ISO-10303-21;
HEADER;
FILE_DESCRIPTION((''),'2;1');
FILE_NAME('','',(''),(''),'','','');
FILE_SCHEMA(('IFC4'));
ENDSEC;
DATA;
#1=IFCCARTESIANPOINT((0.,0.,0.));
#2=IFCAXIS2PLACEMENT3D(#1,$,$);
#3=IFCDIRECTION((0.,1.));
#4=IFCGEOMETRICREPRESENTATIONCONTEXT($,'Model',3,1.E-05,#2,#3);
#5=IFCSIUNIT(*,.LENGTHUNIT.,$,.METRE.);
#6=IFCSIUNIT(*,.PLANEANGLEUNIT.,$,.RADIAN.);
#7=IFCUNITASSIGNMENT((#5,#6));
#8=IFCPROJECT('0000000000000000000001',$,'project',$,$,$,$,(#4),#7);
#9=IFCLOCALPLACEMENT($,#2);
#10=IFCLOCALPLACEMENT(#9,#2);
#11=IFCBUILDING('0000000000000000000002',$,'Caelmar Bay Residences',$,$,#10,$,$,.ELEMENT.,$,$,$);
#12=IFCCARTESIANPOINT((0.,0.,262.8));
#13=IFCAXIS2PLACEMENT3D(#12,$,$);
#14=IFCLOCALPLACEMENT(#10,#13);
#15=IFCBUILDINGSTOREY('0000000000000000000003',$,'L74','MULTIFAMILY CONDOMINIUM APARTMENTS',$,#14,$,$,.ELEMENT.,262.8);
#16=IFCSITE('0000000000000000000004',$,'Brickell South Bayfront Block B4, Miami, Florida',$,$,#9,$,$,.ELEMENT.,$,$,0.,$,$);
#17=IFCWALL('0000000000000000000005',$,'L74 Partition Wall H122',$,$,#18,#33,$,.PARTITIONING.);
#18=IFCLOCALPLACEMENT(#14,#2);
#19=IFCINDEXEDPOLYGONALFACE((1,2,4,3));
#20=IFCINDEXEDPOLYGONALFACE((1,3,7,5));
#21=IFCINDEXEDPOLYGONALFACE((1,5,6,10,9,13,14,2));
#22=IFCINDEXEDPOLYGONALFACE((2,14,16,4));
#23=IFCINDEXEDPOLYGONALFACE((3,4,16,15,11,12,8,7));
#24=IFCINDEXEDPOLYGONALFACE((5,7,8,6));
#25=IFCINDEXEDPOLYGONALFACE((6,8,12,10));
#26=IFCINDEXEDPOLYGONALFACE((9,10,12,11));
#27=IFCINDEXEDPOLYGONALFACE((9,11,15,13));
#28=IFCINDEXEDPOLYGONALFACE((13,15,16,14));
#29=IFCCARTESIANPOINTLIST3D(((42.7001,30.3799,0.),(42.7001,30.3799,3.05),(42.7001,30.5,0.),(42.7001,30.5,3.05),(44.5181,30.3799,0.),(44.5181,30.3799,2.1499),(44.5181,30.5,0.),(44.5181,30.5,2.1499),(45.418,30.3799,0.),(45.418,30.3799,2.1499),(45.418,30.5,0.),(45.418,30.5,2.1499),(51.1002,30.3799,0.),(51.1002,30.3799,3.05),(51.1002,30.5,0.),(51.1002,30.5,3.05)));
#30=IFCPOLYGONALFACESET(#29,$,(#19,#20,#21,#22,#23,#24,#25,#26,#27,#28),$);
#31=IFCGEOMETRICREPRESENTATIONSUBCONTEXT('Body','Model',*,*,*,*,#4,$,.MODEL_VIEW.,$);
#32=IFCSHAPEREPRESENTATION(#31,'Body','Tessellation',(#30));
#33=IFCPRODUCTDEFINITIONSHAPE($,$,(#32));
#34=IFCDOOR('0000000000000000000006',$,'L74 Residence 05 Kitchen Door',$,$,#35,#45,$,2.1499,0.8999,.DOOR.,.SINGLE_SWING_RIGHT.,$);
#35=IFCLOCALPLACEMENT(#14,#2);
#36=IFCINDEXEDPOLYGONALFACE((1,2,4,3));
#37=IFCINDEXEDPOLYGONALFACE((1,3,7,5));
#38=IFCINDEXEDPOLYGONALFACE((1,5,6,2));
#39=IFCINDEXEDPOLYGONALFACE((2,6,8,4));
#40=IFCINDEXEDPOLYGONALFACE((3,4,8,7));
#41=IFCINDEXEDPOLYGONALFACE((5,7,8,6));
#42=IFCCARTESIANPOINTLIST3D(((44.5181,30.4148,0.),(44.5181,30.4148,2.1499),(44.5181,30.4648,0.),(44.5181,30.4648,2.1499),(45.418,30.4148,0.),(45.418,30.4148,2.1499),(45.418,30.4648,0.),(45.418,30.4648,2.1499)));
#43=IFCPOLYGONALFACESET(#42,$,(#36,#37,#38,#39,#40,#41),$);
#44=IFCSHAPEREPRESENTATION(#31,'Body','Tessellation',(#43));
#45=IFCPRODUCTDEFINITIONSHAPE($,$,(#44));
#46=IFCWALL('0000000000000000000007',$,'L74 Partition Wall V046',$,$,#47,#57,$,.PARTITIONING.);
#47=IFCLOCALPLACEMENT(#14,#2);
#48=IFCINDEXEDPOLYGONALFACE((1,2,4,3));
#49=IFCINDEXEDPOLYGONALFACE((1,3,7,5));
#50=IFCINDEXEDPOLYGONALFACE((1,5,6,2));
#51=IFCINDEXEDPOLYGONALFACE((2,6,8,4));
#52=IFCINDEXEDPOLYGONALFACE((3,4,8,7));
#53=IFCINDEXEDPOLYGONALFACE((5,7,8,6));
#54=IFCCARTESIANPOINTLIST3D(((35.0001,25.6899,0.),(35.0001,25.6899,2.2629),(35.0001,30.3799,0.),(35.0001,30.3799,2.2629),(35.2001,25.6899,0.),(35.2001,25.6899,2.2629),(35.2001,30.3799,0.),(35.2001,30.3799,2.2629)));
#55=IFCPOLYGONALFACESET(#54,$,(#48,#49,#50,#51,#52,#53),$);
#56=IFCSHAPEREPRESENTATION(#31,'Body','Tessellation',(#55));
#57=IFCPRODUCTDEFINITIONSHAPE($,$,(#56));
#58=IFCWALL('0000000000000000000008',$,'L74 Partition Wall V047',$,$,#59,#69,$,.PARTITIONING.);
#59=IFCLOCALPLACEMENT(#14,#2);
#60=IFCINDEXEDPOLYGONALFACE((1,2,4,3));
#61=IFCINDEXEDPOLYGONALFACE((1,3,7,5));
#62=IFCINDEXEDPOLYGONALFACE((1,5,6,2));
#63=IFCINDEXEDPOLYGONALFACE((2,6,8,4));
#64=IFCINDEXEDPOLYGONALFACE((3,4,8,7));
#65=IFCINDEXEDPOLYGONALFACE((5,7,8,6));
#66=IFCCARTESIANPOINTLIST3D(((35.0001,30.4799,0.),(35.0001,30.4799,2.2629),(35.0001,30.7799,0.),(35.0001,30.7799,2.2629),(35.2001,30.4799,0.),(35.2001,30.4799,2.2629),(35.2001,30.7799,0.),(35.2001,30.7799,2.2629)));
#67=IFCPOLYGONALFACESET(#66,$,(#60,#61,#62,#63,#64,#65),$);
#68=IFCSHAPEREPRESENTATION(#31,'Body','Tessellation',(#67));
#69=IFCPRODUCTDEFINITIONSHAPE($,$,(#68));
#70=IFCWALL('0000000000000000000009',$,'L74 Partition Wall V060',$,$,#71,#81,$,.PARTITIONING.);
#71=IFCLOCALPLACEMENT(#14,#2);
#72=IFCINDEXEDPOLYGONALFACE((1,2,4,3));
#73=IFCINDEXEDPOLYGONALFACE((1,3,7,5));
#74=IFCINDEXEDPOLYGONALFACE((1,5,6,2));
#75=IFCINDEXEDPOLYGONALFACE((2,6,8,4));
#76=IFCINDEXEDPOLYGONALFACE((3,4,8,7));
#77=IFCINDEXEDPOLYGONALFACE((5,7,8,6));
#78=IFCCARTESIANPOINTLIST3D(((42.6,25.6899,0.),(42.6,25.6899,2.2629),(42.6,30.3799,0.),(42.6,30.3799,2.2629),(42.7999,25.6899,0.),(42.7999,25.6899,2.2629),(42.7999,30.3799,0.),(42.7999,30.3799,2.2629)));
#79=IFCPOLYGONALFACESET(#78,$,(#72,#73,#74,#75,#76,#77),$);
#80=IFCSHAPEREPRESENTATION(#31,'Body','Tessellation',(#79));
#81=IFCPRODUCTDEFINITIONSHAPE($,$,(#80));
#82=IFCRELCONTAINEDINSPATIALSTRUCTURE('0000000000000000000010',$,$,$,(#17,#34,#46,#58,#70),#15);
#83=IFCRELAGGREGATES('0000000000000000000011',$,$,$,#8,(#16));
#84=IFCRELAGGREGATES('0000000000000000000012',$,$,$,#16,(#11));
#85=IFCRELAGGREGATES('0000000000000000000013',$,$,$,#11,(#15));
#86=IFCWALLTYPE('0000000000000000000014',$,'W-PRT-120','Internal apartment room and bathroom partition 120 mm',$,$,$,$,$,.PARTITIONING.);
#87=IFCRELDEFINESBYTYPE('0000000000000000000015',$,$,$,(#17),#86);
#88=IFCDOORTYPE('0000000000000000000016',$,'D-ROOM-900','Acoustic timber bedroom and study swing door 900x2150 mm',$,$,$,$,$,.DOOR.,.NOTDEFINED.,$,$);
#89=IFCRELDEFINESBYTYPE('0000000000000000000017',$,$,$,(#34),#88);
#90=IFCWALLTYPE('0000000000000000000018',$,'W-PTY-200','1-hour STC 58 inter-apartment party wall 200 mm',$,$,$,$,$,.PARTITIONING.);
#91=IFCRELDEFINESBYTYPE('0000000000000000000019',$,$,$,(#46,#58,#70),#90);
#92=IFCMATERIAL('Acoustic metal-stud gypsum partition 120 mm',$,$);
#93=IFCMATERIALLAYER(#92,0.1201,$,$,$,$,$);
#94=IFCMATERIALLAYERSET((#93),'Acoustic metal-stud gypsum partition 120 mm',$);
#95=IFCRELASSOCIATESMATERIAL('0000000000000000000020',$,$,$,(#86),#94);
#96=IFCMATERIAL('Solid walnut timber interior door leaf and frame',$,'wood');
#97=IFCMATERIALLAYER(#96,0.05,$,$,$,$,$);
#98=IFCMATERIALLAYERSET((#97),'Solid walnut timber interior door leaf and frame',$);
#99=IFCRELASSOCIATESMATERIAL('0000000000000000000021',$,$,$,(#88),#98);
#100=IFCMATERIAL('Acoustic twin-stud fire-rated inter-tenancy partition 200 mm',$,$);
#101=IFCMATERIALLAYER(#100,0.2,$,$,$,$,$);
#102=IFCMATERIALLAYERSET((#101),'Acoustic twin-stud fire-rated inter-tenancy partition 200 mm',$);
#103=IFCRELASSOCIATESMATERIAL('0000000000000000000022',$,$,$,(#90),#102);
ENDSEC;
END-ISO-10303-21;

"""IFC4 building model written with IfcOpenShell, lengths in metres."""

from ifc_helpers import new_model, si_unit, direction, frame, frame_2d, origin, place, context, subcontext, project, spatial, rectangle, extrude, material, layer, layer_set, type_object, element, fill, save


model = new_model("IFC4")

# Units and contexts
model_context = context("Model", 3, precision=1e-05, world=origin(), true_north=direction((0.0, 1.0)))
body_context = subcontext(model_context, "Body", "Model", "MODEL_VIEW")
ifc_project = project(units=[si_unit("LENGTHUNIT", "METRE"), si_unit("PLANEANGLEUNIT", "RADIAN")], contexts=[model_context])

# Site, building, storey
site_placement = place(None, origin())
site = spatial("IfcSite", under=ifc_project, at=site_placement, Name="Brickell South Bayfront Block B4, Miami, Florida", CompositionType="ELEMENT", RefElevation=0.0)
building_placement = place(site_placement, origin())
building = spatial("IfcBuilding", under=site, at=building_placement, Name="Caelmar Bay Residences", CompositionType="ELEMENT")
storey_placement = place(building_placement, frame((0.0, 0.0, 262.8)))
storey = spatial("IfcBuildingStorey", under=building, at=storey_placement, Name="L74", Description="MULTIFAMILY CONDOMINIUM APARTMENTS", CompositionType="ELEMENT", Elevation=262.8)

# Shared definitions
ifc_material_1 = material(Name="Acoustic metal-stud gypsum partition 120 mm")
ifc_layer_1 = layer(ifc_material_1, 0.1201)
ifc_layer_set_1 = layer_set([ifc_layer_1], Name="Acoustic metal-stud gypsum partition 120 mm")
wall_type_1 = type_object("IfcWallType", Name="W-PRT-120", Description="Internal apartment room and bathroom partition 120 mm", PredefinedType="PARTITIONING", material=ifc_layer_set_1)
ifc_material_2 = material(Name="Solid walnut timber interior door leaf and frame", Category="wood")
ifc_layer_2 = layer(ifc_material_2, 0.05)
ifc_layer_set_2 = layer_set([ifc_layer_2], Name="Solid walnut timber interior door leaf and frame")
door_type = type_object("IfcDoorType", Name="D-ROOM-900", Description="Acoustic timber bedroom and study swing door 900x2150 mm", OperationType="NOTDEFINED", PredefinedType="DOOR", material=ifc_layer_set_2)

# Wall, opening, door
wall_1_placement = place(storey_placement, frame((42.7, 30.4399, 0.0), z_axis=(0.0, 0.0, 1.0), x_axis=(1.0, 0.0, 0.0)))
wall_1 = element("IfcWall", 1, at=wall_1_placement, inside=storey, type_object=wall_type_1, Name="L74 Partition Wall H122", PredefinedType="PARTITIONING", context=body_context, shape_type="SweptSolid", body=[
    extrude(rectangle(XDim=8.4001, YDim=0.1201, at=frame_2d((4.2002, 0.0))), origin(), (0.0, 0.0, 1.0), 3.05),
])
opening_1_placement = place(wall_1_placement, frame((1.8181, 0.0, 0.0)))
opening_1 = element("IfcOpeningElement", 2, at=opening_1_placement, cuts=wall_1, PredefinedType="OPENING", context=body_context, shape_type="SweptSolid", body=[
    extrude(rectangle(XDim=0.8999, YDim=2.1499, at=frame_2d((0.45, 1.075))), frame((0.0, 0.0701, 0.0), z_axis=(0.0, -1.0, 0.0), x_axis=(1.0, 0.0, 0.0)), (0.0, 0.0, 1.0), 0.1401),
])
door_1_placement = place(opening_1_placement, origin())
door_1 = element("IfcDoor", 3, at=door_1_placement, inside=storey, type_object=door_type, Name="L74 Residence 05 Kitchen Door", OperationType="SINGLE_SWING_RIGHT", OverallHeight=2.1499, OverallWidth=0.8999, PredefinedType="DOOR", context=body_context, shape_type="SweptSolid", body=[
    extrude(rectangle(XDim=0.8999, YDim=2.1499, at=frame_2d((0.45, 1.075))), frame((0.0, 0.0249, 0.0), z_axis=(0.0, -1.0, 0.0), x_axis=(1.0, 0.0, 0.0)), (0.0, 0.0, 1.0), 0.05),
])
fill(opening_1, door_1)

# Walls
ifc_material_3 = material(Name="Acoustic twin-stud fire-rated inter-tenancy partition 200 mm")
ifc_layer_3 = layer(ifc_material_3, 0.2)
ifc_layer_set_3 = layer_set([ifc_layer_3], Name="Acoustic twin-stud fire-rated inter-tenancy partition 200 mm")
wall_type_2 = type_object("IfcWallType", Name="W-PTY-200", Description="1-hour STC 58 inter-apartment party wall 200 mm", PredefinedType="PARTITIONING", material=ifc_layer_set_3)
wall_2_placement = place(storey_placement, frame((35.1001, 25.6899, 0.0), z_axis=(0.0, 0.0, 1.0), x_axis=(0.0, 1.0, 0.0)))
element("IfcWall", 4, at=wall_2_placement, inside=storey, type_object=wall_type_2, Name="L74 Partition Wall V046", PredefinedType="PARTITIONING", context=body_context, shape_type="SweptSolid", body=[
    extrude(rectangle(XDim=4.6899, YDim=0.2, at=frame_2d((2.345, 0.0))), origin(), (0.0, 0.0, 1.0), 2.2629),
])
wall_3_placement = place(storey_placement, frame((35.1001, 30.48, 0.0), z_axis=(0.0, 0.0, 1.0), x_axis=(0.0, 1.0, 0.0)))
element("IfcWall", 5, at=wall_3_placement, inside=storey, type_object=wall_type_2, Name="L74 Partition Wall V047", PredefinedType="PARTITIONING", context=body_context, shape_type="SweptSolid", body=[
    extrude(rectangle(XDim=0.3, YDim=0.2, at=frame_2d((0.1499, 0.0))), origin(), (0.0, 0.0, 1.0), 2.2629),
])
wall_4_placement = place(storey_placement, frame((42.7, 25.6899, 0.0), z_axis=(0.0, 0.0, 1.0), x_axis=(0.0, 1.0, 0.0)))
element("IfcWall", 6, at=wall_4_placement, inside=storey, type_object=wall_type_2, Name="L74 Partition Wall V060", PredefinedType="PARTITIONING", context=body_context, shape_type="SweptSolid", body=[
    extrude(rectangle(XDim=4.6899, YDim=0.2, at=frame_2d((2.345, 0.0))), origin(), (0.0, 0.0, 1.0), 2.2629),
])

save(model, "model.ifc")
